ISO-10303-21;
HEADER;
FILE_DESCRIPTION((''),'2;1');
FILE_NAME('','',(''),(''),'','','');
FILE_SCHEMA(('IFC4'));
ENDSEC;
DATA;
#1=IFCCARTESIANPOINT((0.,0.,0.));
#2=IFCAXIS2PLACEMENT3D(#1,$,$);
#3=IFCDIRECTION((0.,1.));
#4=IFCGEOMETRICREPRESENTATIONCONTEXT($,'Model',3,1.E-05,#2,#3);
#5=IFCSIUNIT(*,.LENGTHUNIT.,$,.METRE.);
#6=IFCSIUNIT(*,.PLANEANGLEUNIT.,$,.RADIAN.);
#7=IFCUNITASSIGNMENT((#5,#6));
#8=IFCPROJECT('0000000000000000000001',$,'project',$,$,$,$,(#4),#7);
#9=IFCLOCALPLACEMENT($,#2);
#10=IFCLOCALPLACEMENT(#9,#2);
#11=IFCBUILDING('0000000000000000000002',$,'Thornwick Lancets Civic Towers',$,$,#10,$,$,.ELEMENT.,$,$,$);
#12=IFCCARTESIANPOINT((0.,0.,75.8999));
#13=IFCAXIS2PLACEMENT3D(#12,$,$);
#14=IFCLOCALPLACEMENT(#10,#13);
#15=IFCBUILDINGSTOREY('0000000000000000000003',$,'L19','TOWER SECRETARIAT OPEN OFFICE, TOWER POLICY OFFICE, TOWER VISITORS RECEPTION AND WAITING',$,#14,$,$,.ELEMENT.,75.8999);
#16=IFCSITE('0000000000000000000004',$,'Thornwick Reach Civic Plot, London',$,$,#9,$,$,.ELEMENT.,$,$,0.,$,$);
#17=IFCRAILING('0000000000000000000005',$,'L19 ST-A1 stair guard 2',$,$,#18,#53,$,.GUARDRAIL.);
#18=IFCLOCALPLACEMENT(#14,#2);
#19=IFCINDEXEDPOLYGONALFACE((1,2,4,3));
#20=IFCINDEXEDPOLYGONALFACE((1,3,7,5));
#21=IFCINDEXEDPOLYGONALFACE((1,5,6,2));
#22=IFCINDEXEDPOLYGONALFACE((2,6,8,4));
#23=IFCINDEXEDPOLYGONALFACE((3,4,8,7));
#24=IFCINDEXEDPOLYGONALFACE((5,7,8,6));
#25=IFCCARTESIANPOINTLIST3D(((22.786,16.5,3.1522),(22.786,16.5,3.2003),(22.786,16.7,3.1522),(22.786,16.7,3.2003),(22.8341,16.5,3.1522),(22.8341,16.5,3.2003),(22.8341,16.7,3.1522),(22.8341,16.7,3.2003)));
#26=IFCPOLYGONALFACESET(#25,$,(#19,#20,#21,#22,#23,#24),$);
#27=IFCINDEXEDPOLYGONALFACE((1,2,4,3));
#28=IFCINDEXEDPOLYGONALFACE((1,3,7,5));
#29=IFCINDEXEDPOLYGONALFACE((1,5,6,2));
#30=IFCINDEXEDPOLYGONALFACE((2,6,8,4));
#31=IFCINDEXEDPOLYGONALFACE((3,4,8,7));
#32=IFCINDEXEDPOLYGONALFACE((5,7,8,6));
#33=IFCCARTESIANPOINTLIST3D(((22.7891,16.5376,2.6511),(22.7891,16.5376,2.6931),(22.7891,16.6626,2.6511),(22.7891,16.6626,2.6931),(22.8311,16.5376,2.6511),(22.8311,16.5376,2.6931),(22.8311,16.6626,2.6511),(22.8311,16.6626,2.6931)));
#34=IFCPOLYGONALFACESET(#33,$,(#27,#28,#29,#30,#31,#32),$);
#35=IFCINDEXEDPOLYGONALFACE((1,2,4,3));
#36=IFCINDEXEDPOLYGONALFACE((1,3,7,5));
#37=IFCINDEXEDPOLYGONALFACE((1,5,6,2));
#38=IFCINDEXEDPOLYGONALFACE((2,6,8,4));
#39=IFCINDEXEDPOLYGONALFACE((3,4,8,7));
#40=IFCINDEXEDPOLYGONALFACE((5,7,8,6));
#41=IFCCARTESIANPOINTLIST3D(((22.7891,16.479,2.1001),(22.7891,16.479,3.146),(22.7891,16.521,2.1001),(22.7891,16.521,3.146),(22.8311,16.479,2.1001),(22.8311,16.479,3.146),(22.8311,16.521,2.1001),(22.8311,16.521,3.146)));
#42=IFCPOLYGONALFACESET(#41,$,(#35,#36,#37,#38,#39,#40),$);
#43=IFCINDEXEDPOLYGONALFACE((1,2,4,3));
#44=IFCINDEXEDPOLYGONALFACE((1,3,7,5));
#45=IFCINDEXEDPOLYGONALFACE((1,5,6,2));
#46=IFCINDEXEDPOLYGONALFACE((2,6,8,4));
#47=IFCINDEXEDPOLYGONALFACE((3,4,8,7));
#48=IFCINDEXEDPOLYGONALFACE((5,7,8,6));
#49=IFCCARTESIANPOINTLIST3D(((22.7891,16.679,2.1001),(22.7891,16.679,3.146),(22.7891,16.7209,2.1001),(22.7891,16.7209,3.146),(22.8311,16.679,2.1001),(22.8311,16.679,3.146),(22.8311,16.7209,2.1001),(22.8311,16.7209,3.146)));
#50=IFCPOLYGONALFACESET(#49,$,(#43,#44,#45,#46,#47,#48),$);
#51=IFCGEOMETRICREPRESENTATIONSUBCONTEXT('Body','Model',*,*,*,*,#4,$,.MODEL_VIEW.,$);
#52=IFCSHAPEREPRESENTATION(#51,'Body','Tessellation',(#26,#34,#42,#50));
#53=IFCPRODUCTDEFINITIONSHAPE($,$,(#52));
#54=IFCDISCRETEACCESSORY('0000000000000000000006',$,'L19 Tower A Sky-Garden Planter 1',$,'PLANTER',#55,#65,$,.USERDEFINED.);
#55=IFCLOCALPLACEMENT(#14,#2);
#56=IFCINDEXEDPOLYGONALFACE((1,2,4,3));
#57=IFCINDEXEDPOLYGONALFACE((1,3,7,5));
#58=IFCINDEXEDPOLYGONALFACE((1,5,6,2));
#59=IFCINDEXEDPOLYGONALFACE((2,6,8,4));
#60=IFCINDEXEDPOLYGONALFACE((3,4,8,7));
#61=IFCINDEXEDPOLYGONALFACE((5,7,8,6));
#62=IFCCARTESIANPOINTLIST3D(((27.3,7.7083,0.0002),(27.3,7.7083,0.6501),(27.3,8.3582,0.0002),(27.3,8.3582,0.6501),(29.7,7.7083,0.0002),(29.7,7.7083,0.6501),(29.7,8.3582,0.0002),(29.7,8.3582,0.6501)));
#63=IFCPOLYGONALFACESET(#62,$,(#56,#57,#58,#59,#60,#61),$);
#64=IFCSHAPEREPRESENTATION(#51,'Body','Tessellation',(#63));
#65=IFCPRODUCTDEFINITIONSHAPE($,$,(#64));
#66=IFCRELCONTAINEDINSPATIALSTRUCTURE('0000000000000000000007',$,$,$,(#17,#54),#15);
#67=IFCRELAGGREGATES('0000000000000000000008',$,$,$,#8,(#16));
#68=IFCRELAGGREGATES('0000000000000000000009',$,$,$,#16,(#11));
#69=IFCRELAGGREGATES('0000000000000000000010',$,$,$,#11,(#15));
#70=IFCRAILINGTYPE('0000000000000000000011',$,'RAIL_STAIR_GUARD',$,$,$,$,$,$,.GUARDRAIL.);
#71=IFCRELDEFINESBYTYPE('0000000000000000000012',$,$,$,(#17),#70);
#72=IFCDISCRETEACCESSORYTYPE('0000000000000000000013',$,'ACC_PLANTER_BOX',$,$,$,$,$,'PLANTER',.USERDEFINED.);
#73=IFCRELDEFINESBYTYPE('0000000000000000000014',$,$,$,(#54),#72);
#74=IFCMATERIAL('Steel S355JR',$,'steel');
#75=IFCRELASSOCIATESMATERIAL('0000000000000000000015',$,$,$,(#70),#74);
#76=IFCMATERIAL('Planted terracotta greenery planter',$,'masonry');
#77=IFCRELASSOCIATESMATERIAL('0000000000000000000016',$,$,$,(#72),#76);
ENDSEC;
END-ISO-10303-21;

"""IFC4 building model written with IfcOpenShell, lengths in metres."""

from ifc_helpers import new_model, si_unit, direction, frame, origin, origin_2d, place, context, subcontext, project, spatial, rectangle, extrude, material, type_object, element, save


model = new_model("IFC4")

# Units and contexts
model_context = context("Model", 3, precision=1e-05, world=origin(), true_north=direction((0.0, 1.0)))
body_context = subcontext(model_context, "Body", "Model", "MODEL_VIEW")
ifc_project = project(units=[si_unit("LENGTHUNIT", "METRE"), si_unit("PLANEANGLEUNIT", "RADIAN")], contexts=[model_context])

# Site, building, storey
site_placement = place(None, origin())
site = spatial("IfcSite", under=ifc_project, at=site_placement, Name="Thornwick Reach Civic Plot, London", CompositionType="ELEMENT", RefElevation=0.0)
building_placement = place(site_placement, origin())
building = spatial("IfcBuilding", under=site, at=building_placement, Name="Thornwick Lancets Civic Towers", CompositionType="ELEMENT")
storey_placement = place(building_placement, frame((0.0, 0.0, 75.8999)))
storey = spatial("IfcBuildingStorey", under=building, at=storey_placement, Name="L19", Description="TOWER SECRETARIAT OPEN OFFICE, TOWER POLICY OFFICE, TOWER VISITORS RECEPTION AND WAITING", CompositionType="ELEMENT", Elevation=75.8999)

# Shared definitions
ifc_material_1 = material(Name="Steel S355JR", Category="steel")

# Railing
railing_type_1 = type_object("IfcRailingType", Name="RAIL_STAIR_GUARD", PredefinedType="GUARDRAIL", material=ifc_material_1)
railing_1_placement = place(storey_placement, frame((22.8101, 16.5, 2.1001)))
element("IfcRailing", 1, at=railing_1_placement, inside=storey, type_object=railing_type_1, Name="L19 ST-A1 stair guard 2", PredefinedType="GUARDRAIL", context=body_context, shape_type="SweptSolid", body=[
    extrude(rectangle(XDim=0.0481, YDim=0.0481, at=origin_2d()), frame((0.0, 0.0, 1.0762), z_axis=(0.0, 1.0, 0.0), x_axis=(-1.0, 0.0, 0.0)), (0.0, 0.0, 1.0), 0.2),
    extrude(rectangle(XDim=0.042, YDim=0.042, at=origin_2d()), frame((0.0, 0.0376, 0.572), z_axis=(0.0, 1.0, 0.0), x_axis=(-1.0, 0.0, 0.0)), (0.0, 0.0, 1.0), 0.125),
    extrude(rectangle(XDim=0.042, YDim=0.042, at=origin_2d()), origin(), (0.0, 0.0, 1.0), 1.0459),
    extrude(rectangle(XDim=0.042, YDim=0.042, at=origin_2d()), frame((0.0, 0.2, 0.0)), (0.0, 0.0, 1.0), 1.0459),
])

# Discrete accessory
ifc_material_2 = material(Name="Planted terracotta greenery planter", Category="masonry")
discrete_accessory_type = type_object("IfcDiscreteAccessoryType", Name="ACC_PLANTER_BOX", ElementType="PLANTER", PredefinedType="USERDEFINED", material=ifc_material_2)
discrete_accessory_placement = place(storey_placement, frame((28.5, 8.0332, 0.0002), z_axis=(0.0, 0.0, 1.0), x_axis=(1.0, 0.0, 0.0)))
element("IfcDiscreteAccessory", 2, at=discrete_accessory_placement, inside=storey, type_object=discrete_accessory_type, Name="L19 Tower A Sky-Garden Planter 1", ObjectType="PLANTER", PredefinedType="USERDEFINED", context=body_context, shape_type="SweptSolid", body=[
    extrude(rectangle(XDim=2.3999, YDim=0.6499, at=origin_2d()), origin(), (0.0, 0.0, 1.0), 0.6499),
])

save(model, "model.ifc")
